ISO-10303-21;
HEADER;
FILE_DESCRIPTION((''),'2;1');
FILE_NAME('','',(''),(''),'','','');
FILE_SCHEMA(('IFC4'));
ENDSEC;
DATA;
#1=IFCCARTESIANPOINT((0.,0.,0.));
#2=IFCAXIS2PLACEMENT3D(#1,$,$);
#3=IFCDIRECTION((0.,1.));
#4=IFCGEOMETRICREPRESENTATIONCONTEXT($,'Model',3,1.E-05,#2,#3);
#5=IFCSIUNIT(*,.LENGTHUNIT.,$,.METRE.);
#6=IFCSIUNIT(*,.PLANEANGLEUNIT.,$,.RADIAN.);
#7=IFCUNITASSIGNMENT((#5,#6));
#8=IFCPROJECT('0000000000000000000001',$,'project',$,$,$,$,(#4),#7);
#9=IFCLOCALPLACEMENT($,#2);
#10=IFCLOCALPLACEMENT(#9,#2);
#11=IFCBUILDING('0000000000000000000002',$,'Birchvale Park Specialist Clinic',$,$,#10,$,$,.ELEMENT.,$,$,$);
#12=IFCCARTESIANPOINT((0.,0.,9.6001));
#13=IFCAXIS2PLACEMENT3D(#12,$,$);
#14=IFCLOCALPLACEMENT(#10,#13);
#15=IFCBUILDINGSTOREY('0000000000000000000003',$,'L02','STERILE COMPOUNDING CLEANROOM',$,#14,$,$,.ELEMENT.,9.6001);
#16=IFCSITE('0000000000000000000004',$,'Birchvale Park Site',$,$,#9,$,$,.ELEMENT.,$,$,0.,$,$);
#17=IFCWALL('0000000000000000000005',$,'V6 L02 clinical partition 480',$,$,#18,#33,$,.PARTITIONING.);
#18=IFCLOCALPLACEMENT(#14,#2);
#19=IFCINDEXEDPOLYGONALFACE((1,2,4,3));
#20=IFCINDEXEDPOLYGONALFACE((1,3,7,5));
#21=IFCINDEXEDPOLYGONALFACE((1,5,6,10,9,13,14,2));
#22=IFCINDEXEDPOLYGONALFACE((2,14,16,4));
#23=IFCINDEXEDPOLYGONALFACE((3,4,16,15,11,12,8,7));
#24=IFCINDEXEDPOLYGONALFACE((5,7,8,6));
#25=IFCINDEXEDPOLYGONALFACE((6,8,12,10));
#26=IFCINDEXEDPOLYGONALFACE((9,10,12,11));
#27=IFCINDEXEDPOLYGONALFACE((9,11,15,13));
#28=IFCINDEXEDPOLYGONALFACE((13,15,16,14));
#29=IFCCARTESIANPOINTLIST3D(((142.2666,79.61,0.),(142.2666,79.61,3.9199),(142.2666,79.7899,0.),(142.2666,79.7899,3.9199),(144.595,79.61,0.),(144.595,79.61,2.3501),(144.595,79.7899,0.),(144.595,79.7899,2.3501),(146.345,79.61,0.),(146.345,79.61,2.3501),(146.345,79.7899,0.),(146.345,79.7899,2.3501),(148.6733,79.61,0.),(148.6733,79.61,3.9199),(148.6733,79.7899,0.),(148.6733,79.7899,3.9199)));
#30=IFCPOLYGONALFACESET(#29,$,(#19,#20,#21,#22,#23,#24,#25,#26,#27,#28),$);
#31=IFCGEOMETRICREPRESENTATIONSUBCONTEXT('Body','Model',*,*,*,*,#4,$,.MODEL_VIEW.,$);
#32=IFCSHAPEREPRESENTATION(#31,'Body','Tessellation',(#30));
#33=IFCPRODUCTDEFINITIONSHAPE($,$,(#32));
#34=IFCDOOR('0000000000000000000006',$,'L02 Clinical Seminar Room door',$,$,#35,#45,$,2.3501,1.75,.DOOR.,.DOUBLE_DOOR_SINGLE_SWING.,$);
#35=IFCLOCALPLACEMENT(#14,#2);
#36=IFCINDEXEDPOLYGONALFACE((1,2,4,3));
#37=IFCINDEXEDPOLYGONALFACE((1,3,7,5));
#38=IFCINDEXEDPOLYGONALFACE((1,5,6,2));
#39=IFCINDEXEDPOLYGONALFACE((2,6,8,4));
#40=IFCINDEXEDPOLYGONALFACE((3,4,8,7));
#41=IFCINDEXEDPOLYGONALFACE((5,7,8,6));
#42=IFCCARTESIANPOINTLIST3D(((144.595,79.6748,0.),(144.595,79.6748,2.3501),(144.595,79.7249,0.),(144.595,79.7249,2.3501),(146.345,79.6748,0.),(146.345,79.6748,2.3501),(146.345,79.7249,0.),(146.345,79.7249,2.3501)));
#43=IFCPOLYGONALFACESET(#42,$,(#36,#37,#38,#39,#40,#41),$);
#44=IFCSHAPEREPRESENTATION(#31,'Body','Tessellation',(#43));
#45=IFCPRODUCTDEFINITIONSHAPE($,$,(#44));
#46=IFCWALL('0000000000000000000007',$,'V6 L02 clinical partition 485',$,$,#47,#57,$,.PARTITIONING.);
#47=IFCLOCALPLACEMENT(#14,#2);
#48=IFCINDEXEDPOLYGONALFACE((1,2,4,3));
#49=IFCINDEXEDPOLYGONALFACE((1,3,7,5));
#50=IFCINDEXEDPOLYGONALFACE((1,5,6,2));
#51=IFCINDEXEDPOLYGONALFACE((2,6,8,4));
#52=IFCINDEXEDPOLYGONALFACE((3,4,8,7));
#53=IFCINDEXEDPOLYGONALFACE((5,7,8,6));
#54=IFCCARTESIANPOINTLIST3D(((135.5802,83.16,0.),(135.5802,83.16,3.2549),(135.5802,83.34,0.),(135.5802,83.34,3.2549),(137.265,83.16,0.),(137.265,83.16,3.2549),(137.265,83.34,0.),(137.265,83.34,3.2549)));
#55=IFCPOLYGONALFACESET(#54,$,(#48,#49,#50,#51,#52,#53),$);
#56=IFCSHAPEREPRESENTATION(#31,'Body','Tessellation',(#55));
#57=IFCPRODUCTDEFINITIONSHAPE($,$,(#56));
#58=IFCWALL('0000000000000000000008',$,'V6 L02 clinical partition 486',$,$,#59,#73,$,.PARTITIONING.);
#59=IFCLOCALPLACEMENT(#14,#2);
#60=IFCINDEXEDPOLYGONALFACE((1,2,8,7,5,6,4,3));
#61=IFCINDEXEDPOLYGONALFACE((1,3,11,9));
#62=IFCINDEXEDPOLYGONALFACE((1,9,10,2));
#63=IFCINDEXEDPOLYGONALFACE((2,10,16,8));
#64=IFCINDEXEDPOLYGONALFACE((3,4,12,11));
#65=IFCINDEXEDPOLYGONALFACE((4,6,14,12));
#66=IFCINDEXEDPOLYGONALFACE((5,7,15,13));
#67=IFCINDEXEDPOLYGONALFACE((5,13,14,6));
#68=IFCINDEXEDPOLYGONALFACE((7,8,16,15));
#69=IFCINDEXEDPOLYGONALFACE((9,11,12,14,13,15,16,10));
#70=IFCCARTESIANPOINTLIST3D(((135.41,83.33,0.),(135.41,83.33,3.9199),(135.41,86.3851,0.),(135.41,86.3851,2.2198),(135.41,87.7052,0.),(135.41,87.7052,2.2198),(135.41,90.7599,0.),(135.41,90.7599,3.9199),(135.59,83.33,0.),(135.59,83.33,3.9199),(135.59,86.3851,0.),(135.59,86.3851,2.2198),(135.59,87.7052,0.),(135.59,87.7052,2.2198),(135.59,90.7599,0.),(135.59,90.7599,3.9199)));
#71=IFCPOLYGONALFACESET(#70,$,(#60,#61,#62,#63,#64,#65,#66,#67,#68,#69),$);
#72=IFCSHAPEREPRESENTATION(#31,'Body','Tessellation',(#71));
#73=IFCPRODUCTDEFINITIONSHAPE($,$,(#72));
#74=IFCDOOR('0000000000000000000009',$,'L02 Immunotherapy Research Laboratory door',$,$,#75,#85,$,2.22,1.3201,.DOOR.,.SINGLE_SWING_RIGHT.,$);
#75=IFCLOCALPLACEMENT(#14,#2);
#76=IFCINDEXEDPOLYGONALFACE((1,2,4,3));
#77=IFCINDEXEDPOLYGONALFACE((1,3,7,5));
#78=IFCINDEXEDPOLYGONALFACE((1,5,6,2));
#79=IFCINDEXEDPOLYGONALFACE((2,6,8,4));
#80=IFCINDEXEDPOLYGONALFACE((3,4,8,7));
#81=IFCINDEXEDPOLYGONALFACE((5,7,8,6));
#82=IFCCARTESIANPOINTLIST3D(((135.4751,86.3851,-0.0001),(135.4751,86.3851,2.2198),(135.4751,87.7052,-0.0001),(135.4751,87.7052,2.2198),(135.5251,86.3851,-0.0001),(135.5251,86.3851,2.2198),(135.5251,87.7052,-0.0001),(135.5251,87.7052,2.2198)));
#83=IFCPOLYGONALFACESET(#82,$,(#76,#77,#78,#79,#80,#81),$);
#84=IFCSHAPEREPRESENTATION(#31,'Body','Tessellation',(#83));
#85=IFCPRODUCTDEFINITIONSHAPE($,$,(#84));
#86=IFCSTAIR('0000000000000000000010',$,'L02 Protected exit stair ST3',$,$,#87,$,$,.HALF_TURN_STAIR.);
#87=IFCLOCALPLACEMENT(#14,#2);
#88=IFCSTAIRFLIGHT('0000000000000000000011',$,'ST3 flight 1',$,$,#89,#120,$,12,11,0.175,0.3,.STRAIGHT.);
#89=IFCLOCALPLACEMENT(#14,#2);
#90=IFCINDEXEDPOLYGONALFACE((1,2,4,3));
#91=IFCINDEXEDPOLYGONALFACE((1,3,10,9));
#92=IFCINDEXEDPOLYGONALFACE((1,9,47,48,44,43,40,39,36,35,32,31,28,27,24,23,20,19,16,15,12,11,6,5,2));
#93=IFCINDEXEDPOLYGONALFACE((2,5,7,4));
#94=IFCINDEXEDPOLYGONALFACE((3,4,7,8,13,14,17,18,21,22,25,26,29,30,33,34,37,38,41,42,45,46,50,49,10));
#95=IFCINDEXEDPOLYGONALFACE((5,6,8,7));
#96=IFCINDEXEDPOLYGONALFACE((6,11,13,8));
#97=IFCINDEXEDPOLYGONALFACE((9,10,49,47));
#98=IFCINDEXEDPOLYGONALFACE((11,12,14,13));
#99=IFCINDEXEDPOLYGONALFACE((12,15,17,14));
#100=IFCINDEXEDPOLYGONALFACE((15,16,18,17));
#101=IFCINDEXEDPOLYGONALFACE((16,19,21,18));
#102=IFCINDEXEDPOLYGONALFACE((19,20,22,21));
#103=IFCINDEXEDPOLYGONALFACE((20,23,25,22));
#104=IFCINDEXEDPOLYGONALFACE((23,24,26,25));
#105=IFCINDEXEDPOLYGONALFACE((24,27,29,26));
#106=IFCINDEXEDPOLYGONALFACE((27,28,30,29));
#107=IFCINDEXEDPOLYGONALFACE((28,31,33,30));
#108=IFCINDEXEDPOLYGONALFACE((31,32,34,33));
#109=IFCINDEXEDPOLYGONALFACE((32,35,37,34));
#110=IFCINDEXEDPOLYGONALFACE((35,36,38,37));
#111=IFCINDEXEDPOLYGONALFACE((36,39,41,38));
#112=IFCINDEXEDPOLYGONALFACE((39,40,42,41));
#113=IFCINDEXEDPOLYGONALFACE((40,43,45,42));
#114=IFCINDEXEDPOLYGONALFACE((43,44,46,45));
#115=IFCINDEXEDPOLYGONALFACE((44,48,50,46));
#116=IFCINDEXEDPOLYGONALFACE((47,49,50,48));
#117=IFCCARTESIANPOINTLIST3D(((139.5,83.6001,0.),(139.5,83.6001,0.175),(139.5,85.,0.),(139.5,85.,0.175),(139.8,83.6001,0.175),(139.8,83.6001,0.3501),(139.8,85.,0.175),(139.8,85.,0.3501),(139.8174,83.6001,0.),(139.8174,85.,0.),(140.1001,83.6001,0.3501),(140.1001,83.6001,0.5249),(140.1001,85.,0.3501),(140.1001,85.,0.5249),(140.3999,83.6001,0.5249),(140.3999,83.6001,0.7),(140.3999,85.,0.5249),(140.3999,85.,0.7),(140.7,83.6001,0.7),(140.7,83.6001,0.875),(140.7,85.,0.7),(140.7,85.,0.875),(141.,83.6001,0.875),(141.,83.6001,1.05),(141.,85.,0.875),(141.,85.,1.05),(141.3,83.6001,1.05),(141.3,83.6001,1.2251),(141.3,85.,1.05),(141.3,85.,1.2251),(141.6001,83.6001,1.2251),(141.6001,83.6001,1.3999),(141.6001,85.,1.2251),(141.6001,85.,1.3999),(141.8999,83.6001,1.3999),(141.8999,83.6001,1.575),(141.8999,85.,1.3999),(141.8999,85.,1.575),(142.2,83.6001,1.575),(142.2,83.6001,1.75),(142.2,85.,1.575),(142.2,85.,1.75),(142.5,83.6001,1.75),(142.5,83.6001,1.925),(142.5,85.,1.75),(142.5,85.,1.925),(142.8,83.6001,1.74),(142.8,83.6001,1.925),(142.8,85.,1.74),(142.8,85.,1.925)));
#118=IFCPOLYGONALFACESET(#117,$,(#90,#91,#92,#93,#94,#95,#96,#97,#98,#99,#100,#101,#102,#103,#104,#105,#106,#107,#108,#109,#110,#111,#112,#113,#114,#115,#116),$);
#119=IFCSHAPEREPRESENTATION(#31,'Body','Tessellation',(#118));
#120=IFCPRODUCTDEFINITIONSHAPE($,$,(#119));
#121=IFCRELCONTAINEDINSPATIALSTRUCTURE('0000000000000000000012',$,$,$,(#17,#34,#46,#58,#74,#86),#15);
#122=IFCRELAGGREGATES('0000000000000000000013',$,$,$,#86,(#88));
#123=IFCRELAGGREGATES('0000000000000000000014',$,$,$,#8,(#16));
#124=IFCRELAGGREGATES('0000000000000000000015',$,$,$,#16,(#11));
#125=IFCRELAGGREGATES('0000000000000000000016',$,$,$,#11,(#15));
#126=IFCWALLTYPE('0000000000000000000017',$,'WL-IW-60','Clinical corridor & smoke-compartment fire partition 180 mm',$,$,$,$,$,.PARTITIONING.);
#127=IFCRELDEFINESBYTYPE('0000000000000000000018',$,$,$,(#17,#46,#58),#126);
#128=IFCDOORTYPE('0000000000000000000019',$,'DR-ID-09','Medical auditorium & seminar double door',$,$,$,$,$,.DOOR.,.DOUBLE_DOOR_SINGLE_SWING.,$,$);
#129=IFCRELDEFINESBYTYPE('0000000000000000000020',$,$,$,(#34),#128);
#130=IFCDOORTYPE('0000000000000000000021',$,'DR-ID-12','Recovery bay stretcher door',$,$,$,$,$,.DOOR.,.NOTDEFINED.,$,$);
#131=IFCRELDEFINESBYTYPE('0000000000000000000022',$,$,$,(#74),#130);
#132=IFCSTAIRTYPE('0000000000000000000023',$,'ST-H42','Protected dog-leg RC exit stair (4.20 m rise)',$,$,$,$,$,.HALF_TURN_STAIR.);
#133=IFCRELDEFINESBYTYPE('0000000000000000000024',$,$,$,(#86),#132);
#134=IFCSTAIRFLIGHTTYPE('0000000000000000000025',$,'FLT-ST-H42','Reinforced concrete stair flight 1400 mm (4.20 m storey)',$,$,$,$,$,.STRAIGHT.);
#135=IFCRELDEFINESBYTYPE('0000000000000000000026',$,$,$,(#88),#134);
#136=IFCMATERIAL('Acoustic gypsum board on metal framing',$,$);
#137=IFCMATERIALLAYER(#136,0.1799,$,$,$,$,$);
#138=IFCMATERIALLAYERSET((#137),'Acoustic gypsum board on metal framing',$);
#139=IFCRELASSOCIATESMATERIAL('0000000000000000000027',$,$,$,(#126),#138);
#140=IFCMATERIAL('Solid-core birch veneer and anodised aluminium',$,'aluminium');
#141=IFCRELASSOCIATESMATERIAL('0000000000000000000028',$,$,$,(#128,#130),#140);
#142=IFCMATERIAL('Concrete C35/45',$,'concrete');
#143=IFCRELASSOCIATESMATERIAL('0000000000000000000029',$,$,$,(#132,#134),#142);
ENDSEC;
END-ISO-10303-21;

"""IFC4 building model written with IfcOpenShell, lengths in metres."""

from ifc_helpers import new_model, si_unit, direction, frame, frame_2d, origin, place, context, subcontext, project, spatial, polyline, rectangle, outline, extrude, material, layer, layer_set, type_object, element, fill, aggregate, save


model = new_model("IFC4")

# Units and contexts
model_context = context("Model", 3, precision=1e-05, world=origin(), true_north=direction((0.0, 1.0)))
body_context = subcontext(model_context, "Body", "Model", "MODEL_VIEW")
ifc_project = project(units=[si_unit("LENGTHUNIT", "METRE"), si_unit("PLANEANGLEUNIT", "RADIAN")], contexts=[model_context])

# Site, building, storey
site_placement = place(None, origin())
site = spatial("IfcSite", under=ifc_project, at=site_placement, Name="Birchvale Park Site", CompositionType="ELEMENT", RefElevation=0.0)
building_placement = place(site_placement, origin())
building = spatial("IfcBuilding", under=site, at=building_placement, Name="Birchvale Park Specialist Clinic", CompositionType="ELEMENT")
storey_placement = place(building_placement, frame((0.0, 0.0, 9.6001)))
storey = spatial("IfcBuildingStorey", under=building, at=storey_placement, Name="L02", Description="STERILE COMPOUNDING CLEANROOM", CompositionType="ELEMENT", Elevation=9.6001)

# Shared definitions
ifc_material_1 = material(Name="Solid-core birch veneer and anodised aluminium", Category="aluminium")

# Shared definitions
ifc_material_2 = material(Name="Acoustic gypsum board on metal framing")
ifc_layer_1 = layer(ifc_material_2, 0.1799)
ifc_layer_set_1 = layer_set([ifc_layer_1], Name="Acoustic gypsum board on metal framing")
wall_type_1 = type_object("IfcWallType", Name="WL-IW-60", Description="Clinical corridor & smoke-compartment fire partition 180 mm", PredefinedType="PARTITIONING", material=ifc_layer_set_1)

# Wall, opening, door
wall_1_placement = place(storey_placement, frame((142.2666, 79.7, 0.0), z_axis=(0.0, 0.0, 1.0), x_axis=(1.0, 0.0, 0.0)))
wall_1 = element("IfcWall", 1, at=wall_1_placement, inside=storey, type_object=wall_type_1, Name="V6 L02 clinical partition 480", PredefinedType="PARTITIONING", context=body_context, shape_type="SweptSolid", body=[
    extrude(rectangle(XDim=6.4067, YDim=0.1799, at=frame_2d((3.2034, 0.0))), origin(), (0.0, 0.0, 1.0), 3.9199),
])
opening_1_placement = place(wall_1_placement, frame((2.3284, 0.0, 0.0)))
opening_1 = element("IfcOpeningElement", 2, at=opening_1_placement, cuts=wall_1, PredefinedType="OPENING", context=body_context, shape_type="SweptSolid", body=[
    extrude(rectangle(XDim=1.75, YDim=2.3501, at=frame_2d((0.875, 1.175))), frame((0.0, 0.1001, 0.0), z_axis=(0.0, -1.0, 0.0), x_axis=(1.0, 0.0, 0.0)), (0.0, 0.0, 1.0), 0.2),
])
door_type_1 = type_object("IfcDoorType", Name="DR-ID-09", Description="Medical auditorium & seminar double door", OperationType="DOUBLE_DOOR_SINGLE_SWING", PredefinedType="DOOR", material=ifc_material_1)
door_1_placement = place(opening_1_placement, origin())
door_1 = element("IfcDoor", 3, at=door_1_placement, inside=storey, type_object=door_type_1, Name="L02 Clinical Seminar Room door", OperationType="DOUBLE_DOOR_SINGLE_SWING", OverallHeight=2.3501, OverallWidth=1.75, PredefinedType="DOOR", context=body_context, shape_type="SweptSolid", body=[
    extrude(rectangle(XDim=1.75, YDim=2.3501, at=frame_2d((0.875, 1.175))), frame((0.0, 0.0249, 0.0), z_axis=(0.0, -1.0, 0.0), x_axis=(1.0, 0.0, 0.0)), (0.0, 0.0, 1.0), 0.05),
])
fill(opening_1, door_1)

# Wall
wall_2_placement = place(storey_placement, frame((137.2649, 83.25, 0.0), z_axis=(0.0, 0.0, 1.0), x_axis=(-1.0, 0.0, 0.0)))
element("IfcWall", 4, at=wall_2_placement, inside=storey, type_object=wall_type_1, Name="V6 L02 clinical partition 485", PredefinedType="PARTITIONING", context=body_context, shape_type="SweptSolid", body=[
    extrude(rectangle(XDim=1.6848, YDim=0.1799, at=frame_2d((0.8423, 0.0))), origin(), (0.0, 0.0, 1.0), 3.2549),
])

# Wall, opening, door
wall_3_placement = place(storey_placement, frame((135.5, 83.3301, 0.0), z_axis=(0.0, 0.0, 1.0), x_axis=(0.0, 1.0, 0.0)))
wall_3 = element("IfcWall", 5, at=wall_3_placement, inside=storey, type_object=wall_type_1, Name="V6 L02 clinical partition 486", PredefinedType="PARTITIONING", context=body_context, shape_type="SweptSolid", body=[
    extrude(rectangle(XDim=7.4299, YDim=0.1799, at=frame_2d((3.7148, 0.0))), origin(), (0.0, 0.0, 1.0), 3.9199),
])
opening_2_placement = place(wall_3_placement, frame((3.0549, 0.0, 0.0)))
opening_2 = element("IfcOpeningElement", 6, at=opening_2_placement, cuts=wall_3, PredefinedType="OPENING", context=body_context, shape_type="SweptSolid", body=[
    extrude(rectangle(XDim=1.3201, YDim=2.22, at=frame_2d((0.6602, 1.1099))), frame((0.0, 0.1001, 0.0), z_axis=(0.0, -1.0, 0.0), x_axis=(1.0, 0.0, 0.0)), (0.0, 0.0, 1.0), 0.2),
])
door_type_2 = type_object("IfcDoorType", Name="DR-ID-12", Description="Recovery bay stretcher door", OperationType="NOTDEFINED", PredefinedType="DOOR", material=ifc_material_1)
door_2_placement = place(opening_2_placement, origin())
door_2 = element("IfcDoor", 7, at=door_2_placement, inside=storey, type_object=door_type_2, Name="L02 Immunotherapy Research Laboratory door", OperationType="SINGLE_SWING_RIGHT", OverallHeight=2.22, OverallWidth=1.3201, PredefinedType="DOOR", context=body_context, shape_type="SweptSolid", body=[
    extrude(rectangle(XDim=1.3201, YDim=2.22, at=frame_2d((0.6602, 1.1099))), frame((0.0, 0.0249, 0.0), z_axis=(0.0, -1.0, 0.0), x_axis=(1.0, 0.0, 0.0)), (0.0, 0.0, 1.0), 0.05),
])
fill(opening_2, door_2)

# Stair, stair flight
ifc_material_3 = material(Name="Concrete C35/45", Category="concrete")
stair_type = type_object("IfcStairType", Name="ST-H42", Description="Protected dog-leg RC exit stair (4.20 m rise)", PredefinedType="HALF_TURN_STAIR", material=ifc_material_3)
stair_placement = place(storey_placement, origin())
stair = element("IfcStair", 8, at=stair_placement, inside=storey, type_object=stair_type, Name="L02 Protected exit stair ST3", PredefinedType="HALF_TURN_STAIR")
stair_flight_type = type_object("IfcStairFlightType", Name="FLT-ST-H42", Description="Reinforced concrete stair flight 1400 mm (4.20 m storey)", PredefinedType="STRAIGHT", material=ifc_material_3)
stair_flight_placement = place(storey_placement, frame((139.5, 84.3, 0.0), z_axis=(0.0, 0.0, 1.0), x_axis=(1.0, 0.0, 0.0)))
stair_flight = element("IfcStairFlight", 9, at=stair_flight_placement, type_object=stair_flight_type, Name="ST3 flight 1", NumberOfRisers=12, NumberOfTreads=11, PredefinedType="STRAIGHT", RiserHeight=0.175, TreadLength=0.3, context=body_context, shape_type="SweptSolid", body=[
    extrude(outline(polyline([(0.0, 0.0), (0.0, 0.175), (0.3, 0.175), (0.3, 0.3501), (0.6001, 0.3501), (0.6001, 0.5249), (0.8999, 0.5249), (0.8999, 0.7), (1.2, 0.7), (1.2, 0.875), (1.5, 0.875), (1.5, 1.05), (1.8, 1.05), (1.8, 1.2251), (2.1001, 1.2251), (2.1001, 1.3999), (2.3999, 1.3999), (2.3999, 1.575), (2.7, 1.575), (2.7, 1.75), (3.0, 1.75), (3.0, 1.925), (3.3, 1.925), (3.3, 2.1001), (3.3, 1.74), (0.3174, 0.0), (0.0, 0.0)])), frame((0.0, 0.7, 0.0), z_axis=(0.0, -1.0, 0.0), x_axis=(1.0, 0.0, 0.0)), (0.0, 0.0, 1.0), 1.3999),
])
aggregate(stair, [stair_flight])

save(model, "model.ifc")
